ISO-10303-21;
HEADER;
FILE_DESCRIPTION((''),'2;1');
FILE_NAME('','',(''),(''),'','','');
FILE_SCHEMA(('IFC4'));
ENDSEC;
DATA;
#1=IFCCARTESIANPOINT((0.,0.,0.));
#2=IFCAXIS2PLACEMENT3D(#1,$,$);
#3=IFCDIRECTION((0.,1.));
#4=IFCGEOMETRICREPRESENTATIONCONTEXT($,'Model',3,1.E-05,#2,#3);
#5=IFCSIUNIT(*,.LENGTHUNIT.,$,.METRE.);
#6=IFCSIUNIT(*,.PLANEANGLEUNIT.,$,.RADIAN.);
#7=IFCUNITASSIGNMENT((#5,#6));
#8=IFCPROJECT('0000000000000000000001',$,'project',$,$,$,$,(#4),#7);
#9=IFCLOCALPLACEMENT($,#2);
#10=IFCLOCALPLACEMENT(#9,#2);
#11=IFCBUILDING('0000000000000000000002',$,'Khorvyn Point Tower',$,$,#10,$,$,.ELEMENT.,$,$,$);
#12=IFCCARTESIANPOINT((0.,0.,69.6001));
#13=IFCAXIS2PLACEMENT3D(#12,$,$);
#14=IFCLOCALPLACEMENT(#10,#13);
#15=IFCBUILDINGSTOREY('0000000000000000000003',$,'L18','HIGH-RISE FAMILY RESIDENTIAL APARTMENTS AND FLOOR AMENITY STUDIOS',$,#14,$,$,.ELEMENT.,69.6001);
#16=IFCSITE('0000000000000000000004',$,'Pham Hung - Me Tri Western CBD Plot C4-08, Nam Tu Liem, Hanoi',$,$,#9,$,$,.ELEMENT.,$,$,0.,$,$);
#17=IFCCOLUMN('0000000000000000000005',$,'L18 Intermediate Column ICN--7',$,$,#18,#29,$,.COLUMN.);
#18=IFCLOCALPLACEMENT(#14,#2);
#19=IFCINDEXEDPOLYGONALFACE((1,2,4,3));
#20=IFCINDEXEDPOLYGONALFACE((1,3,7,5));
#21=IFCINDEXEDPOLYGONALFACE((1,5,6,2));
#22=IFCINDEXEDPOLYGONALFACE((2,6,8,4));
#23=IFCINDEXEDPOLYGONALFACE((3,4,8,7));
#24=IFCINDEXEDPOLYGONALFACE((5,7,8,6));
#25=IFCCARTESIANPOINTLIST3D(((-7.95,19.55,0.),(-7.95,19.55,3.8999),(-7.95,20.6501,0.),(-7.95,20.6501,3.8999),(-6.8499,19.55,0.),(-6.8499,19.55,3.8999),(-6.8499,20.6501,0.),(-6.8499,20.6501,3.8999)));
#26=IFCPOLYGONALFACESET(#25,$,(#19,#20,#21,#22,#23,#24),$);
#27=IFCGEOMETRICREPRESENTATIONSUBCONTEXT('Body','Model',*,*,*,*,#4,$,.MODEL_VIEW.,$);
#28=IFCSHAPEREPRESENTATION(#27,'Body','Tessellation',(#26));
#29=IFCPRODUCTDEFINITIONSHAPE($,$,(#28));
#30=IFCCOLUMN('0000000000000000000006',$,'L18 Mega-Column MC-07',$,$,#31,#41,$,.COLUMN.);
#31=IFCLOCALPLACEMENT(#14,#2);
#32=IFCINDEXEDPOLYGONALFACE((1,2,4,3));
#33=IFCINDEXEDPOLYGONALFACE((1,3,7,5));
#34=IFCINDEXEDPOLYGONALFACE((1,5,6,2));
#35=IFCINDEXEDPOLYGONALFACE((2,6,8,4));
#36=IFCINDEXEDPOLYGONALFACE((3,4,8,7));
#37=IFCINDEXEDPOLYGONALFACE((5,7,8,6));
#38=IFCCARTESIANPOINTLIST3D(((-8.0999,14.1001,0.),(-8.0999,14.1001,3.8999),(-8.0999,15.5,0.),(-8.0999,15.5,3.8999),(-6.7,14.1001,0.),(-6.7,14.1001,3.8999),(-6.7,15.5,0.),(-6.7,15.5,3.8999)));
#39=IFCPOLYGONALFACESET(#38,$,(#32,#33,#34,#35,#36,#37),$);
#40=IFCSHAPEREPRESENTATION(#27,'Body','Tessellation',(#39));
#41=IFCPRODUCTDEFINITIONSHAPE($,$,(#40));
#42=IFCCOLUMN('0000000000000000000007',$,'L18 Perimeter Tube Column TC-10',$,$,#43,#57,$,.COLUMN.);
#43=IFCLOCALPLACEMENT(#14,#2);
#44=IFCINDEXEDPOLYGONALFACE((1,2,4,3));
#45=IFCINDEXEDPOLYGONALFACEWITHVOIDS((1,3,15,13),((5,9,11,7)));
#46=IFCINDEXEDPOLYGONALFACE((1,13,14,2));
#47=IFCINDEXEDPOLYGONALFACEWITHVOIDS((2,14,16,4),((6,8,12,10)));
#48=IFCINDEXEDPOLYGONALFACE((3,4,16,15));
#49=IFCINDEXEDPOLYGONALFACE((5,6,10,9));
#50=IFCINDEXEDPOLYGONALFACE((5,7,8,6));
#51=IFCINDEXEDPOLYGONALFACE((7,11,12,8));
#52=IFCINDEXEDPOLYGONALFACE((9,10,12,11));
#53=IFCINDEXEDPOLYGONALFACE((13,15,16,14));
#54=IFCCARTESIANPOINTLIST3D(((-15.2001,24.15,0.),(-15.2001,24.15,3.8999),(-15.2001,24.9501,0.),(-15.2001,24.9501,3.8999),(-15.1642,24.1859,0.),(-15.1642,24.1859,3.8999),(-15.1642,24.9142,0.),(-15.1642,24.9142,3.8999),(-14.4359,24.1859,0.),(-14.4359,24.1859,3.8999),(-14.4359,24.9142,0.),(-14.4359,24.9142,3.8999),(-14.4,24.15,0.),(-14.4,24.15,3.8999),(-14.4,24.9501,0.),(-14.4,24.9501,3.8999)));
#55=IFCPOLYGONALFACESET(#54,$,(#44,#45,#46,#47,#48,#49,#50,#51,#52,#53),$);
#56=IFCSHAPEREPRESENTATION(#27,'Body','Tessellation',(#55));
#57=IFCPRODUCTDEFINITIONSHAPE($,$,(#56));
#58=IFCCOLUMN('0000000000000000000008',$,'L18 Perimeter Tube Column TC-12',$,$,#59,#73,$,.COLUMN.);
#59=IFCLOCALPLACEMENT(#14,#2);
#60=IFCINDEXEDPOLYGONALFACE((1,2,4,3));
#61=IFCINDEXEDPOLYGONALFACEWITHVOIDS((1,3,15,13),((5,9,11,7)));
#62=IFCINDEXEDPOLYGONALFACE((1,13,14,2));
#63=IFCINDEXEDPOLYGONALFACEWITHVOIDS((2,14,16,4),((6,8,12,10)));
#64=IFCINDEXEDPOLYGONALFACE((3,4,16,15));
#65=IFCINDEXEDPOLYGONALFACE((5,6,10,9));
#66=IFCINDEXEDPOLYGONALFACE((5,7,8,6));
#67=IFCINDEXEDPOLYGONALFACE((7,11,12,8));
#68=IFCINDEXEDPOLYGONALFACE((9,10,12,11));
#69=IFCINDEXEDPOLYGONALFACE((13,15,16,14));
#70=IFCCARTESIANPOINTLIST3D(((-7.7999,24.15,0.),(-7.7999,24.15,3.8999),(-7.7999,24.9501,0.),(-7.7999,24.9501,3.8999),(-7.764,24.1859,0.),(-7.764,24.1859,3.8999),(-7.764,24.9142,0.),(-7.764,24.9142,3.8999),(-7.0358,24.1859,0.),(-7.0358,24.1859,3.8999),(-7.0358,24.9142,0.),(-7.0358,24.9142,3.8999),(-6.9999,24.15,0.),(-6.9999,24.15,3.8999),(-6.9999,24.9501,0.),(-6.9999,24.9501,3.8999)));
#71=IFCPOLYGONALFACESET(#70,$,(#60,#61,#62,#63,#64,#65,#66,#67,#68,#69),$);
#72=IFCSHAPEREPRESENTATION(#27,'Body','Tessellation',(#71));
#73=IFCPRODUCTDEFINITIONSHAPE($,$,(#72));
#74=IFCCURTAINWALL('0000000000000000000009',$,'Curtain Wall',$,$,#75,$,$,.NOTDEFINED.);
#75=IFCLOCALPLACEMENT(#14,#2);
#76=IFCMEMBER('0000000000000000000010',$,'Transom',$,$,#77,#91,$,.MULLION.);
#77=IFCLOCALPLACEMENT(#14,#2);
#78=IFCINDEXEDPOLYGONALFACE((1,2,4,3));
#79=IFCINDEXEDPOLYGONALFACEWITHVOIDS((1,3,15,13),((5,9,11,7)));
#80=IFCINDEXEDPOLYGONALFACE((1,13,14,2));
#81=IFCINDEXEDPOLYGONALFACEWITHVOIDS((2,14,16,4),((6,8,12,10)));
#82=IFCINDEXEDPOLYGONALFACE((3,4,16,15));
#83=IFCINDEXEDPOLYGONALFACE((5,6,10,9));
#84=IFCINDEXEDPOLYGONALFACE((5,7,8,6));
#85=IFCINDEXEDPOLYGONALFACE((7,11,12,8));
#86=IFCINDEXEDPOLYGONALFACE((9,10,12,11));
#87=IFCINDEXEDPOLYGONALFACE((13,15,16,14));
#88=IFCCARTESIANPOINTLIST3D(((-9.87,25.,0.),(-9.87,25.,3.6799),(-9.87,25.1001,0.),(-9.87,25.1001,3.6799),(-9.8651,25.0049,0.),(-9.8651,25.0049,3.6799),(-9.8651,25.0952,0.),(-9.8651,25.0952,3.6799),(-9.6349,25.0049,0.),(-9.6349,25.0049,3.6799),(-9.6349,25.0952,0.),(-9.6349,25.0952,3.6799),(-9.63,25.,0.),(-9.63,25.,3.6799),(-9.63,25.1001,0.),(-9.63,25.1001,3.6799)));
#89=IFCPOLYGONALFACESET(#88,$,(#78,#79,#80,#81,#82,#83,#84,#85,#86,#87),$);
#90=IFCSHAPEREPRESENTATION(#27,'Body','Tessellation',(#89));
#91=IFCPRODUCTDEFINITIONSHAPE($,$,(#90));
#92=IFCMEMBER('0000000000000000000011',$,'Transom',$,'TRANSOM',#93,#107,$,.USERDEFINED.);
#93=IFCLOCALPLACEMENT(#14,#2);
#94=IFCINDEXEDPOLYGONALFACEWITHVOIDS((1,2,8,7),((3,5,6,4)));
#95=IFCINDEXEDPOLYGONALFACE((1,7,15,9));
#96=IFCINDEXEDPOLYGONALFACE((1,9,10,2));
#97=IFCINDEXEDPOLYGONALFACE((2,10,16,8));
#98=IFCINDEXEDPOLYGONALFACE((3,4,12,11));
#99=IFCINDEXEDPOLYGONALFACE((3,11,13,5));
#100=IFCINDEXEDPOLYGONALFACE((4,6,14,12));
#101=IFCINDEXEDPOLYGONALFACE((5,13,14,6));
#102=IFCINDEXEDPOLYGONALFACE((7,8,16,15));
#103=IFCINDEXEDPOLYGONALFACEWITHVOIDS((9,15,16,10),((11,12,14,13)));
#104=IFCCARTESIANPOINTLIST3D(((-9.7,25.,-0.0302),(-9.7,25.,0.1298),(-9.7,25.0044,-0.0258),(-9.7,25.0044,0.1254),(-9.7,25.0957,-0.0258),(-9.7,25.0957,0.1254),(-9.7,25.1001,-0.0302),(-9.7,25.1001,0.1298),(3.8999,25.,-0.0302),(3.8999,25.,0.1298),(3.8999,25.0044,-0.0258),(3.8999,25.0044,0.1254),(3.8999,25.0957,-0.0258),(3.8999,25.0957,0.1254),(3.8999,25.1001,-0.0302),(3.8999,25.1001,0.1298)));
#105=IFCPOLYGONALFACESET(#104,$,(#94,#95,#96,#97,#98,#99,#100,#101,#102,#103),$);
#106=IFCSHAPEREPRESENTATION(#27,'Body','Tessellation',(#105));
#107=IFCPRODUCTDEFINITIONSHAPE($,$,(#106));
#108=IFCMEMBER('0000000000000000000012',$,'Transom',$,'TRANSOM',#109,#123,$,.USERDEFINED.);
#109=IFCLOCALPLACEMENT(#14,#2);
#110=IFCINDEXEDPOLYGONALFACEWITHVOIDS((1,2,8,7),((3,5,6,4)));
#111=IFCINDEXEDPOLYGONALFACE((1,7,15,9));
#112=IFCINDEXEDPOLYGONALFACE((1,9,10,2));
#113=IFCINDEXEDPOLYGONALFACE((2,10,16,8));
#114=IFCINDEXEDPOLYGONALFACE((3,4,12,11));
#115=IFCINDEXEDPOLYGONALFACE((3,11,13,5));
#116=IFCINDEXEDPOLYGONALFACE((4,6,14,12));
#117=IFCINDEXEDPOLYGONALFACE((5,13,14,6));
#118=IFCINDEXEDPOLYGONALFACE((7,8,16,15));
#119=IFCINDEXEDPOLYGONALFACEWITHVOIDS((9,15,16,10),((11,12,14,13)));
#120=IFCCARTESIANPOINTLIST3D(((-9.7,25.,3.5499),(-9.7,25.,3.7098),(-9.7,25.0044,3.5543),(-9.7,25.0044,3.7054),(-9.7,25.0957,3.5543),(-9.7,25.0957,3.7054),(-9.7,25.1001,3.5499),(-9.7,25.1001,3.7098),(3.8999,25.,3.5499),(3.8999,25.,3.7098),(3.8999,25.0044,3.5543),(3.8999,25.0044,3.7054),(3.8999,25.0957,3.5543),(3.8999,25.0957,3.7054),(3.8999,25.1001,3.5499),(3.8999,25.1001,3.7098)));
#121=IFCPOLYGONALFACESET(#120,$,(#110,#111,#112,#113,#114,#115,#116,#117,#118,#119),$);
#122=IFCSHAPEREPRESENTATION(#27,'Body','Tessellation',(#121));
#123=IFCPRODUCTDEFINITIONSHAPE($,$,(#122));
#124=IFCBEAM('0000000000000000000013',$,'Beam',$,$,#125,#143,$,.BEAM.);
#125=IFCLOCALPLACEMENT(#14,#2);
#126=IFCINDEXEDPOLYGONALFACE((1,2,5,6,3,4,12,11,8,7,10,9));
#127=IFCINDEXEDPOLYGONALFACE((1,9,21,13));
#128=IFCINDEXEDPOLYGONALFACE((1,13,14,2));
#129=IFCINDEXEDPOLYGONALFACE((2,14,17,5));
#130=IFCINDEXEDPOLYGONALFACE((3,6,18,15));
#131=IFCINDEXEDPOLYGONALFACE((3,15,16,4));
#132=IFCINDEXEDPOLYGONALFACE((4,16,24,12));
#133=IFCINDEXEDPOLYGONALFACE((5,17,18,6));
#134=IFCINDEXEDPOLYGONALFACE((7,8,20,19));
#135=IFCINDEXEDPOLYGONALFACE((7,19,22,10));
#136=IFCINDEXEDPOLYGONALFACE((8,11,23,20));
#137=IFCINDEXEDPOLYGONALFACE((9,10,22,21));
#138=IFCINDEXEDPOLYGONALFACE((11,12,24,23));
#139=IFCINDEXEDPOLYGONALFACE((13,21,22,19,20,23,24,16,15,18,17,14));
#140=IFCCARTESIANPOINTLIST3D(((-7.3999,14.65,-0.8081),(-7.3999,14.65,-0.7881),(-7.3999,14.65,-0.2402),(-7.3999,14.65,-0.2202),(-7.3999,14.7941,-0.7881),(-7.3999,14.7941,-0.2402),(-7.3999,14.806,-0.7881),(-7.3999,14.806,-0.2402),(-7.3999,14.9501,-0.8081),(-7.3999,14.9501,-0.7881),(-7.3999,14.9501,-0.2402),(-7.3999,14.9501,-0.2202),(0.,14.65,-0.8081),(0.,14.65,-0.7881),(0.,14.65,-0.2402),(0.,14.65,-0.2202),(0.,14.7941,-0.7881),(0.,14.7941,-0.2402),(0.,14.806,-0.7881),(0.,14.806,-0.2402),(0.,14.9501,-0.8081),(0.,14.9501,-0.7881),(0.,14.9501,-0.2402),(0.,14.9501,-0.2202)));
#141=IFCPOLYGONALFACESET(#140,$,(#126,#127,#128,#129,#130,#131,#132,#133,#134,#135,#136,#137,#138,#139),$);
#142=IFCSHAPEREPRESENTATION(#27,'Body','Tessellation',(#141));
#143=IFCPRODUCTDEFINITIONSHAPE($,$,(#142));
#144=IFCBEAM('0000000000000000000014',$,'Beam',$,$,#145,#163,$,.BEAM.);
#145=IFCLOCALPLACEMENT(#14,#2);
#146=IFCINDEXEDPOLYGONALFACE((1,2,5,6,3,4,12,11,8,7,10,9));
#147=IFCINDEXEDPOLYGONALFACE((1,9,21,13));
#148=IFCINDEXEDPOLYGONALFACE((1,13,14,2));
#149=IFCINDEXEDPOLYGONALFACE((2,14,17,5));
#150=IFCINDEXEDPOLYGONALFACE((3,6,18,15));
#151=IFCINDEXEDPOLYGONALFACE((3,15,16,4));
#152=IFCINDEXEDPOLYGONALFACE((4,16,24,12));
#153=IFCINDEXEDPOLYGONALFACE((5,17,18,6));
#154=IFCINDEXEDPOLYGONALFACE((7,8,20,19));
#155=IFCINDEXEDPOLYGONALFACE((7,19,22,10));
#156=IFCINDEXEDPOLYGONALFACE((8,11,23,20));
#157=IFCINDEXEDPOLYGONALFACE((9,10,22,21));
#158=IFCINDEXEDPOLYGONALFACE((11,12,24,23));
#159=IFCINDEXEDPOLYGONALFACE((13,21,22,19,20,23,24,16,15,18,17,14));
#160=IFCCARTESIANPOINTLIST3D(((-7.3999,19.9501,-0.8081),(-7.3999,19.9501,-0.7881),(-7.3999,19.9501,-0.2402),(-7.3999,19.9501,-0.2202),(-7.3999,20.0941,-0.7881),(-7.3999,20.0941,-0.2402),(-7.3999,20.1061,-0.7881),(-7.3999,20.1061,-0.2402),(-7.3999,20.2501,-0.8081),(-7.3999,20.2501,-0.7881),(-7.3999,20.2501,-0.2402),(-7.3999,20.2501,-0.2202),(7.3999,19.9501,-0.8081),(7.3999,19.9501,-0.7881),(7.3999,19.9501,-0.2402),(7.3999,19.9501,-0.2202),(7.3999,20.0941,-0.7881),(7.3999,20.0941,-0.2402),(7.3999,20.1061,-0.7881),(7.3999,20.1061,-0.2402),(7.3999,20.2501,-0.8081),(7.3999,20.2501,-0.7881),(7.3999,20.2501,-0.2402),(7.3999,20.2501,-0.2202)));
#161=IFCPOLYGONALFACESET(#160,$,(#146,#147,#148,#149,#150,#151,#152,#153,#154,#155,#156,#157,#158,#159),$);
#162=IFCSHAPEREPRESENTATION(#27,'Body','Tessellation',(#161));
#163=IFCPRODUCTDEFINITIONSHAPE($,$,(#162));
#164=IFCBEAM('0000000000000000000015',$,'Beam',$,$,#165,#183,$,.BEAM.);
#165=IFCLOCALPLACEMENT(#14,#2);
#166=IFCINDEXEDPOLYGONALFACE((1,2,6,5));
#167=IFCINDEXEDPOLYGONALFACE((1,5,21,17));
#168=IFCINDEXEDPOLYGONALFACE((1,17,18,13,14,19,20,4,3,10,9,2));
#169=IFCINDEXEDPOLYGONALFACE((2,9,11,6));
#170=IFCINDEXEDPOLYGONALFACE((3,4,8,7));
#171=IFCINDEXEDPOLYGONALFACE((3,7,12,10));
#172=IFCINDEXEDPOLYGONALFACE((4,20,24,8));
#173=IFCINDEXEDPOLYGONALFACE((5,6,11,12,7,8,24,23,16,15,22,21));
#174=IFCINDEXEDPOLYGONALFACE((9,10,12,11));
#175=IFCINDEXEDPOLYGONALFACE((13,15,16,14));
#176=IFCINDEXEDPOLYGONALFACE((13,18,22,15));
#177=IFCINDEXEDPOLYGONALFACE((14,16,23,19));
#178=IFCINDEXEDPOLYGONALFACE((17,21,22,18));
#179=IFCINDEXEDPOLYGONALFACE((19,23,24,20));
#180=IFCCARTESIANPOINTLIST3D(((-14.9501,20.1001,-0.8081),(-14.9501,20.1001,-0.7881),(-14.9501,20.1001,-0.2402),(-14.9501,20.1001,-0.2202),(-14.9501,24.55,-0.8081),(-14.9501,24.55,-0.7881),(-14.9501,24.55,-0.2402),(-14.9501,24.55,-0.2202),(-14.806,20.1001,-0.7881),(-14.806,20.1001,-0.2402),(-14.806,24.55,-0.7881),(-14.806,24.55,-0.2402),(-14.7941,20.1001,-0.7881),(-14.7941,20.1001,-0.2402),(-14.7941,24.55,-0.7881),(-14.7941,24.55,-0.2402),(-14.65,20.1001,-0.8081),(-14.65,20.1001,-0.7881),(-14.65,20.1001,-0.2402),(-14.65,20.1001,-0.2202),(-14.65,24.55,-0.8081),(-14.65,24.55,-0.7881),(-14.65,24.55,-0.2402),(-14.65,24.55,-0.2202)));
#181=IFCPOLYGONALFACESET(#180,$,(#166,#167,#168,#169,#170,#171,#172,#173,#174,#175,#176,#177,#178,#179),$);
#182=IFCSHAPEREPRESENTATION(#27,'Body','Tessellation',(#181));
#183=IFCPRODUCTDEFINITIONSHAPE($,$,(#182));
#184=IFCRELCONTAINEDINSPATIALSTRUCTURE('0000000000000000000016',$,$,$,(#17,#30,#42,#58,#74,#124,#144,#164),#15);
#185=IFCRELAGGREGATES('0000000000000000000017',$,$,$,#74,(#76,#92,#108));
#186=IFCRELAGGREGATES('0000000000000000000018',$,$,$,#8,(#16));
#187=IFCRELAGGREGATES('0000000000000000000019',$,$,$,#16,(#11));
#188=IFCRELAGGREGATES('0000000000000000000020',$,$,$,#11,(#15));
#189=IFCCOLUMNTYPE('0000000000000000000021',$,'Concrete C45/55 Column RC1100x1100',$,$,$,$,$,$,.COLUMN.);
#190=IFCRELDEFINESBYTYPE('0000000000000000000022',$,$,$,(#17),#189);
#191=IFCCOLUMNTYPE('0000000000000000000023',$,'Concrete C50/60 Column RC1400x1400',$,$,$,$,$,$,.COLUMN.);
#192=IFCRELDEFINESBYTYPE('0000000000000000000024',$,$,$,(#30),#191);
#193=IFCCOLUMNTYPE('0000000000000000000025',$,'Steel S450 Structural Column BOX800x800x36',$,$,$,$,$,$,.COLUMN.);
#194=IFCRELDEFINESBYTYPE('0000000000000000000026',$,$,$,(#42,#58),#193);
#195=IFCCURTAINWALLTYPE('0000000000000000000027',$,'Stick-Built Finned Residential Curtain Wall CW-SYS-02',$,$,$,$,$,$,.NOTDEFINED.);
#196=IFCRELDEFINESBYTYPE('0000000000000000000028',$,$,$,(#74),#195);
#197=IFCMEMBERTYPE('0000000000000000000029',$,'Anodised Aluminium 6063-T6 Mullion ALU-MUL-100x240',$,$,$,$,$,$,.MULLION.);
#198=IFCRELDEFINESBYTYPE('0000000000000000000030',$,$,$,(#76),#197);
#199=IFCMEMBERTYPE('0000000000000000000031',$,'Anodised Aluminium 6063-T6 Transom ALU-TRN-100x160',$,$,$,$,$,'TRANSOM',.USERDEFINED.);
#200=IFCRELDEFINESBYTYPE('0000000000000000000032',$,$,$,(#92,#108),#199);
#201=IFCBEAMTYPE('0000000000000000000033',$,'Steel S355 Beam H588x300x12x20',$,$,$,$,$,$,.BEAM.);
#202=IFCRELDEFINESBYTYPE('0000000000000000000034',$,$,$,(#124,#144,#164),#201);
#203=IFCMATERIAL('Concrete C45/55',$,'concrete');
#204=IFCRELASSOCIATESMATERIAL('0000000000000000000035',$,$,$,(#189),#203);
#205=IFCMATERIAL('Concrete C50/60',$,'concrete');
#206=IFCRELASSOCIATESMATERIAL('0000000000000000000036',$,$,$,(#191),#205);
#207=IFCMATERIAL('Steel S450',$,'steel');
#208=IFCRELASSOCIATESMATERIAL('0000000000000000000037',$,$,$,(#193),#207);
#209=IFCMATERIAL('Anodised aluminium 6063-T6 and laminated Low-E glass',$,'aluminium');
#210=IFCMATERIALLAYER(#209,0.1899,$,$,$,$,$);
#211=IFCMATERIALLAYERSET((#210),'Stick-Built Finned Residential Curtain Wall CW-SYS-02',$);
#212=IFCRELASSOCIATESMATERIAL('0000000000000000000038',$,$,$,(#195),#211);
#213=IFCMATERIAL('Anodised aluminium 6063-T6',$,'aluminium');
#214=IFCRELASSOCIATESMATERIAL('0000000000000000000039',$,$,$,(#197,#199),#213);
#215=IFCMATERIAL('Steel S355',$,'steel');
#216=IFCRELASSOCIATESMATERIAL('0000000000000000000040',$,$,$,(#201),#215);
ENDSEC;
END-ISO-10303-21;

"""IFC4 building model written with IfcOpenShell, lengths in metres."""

from ifc_helpers import new_model, si_unit, direction, frame, origin, origin_2d, place, context, subcontext, project, spatial, rectangle, hollow_rectangle, i_section, extrude, material, layer, layer_set, material_profile, profile_set, type_object, element, aggregate, save


model = new_model("IFC4")

# Units and contexts
model_context = context("Model", 3, precision=1e-05, world=origin(), true_north=direction((0.0, 1.0)))
body_context = subcontext(model_context, "Body", "Model", "MODEL_VIEW")
ifc_project = project(units=[si_unit("LENGTHUNIT", "METRE"), si_unit("PLANEANGLEUNIT", "RADIAN")], contexts=[model_context])

# Site, building, storey
site_placement = place(None, origin())
site = spatial("IfcSite", under=ifc_project, at=site_placement, Name="Pham Hung - Me Tri Western CBD Plot C4-08, Nam Tu Liem, Hanoi", CompositionType="ELEMENT", RefElevation=0.0)
building_placement = place(site_placement, origin())
building = spatial("IfcBuilding", under=site, at=building_placement, Name="Khorvyn Point Tower", CompositionType="ELEMENT")
storey_placement = place(building_placement, frame((0.0, 0.0, 69.6001)))
storey = spatial("IfcBuildingStorey", under=building, at=storey_placement, Name="L18", Description="HIGH-RISE FAMILY RESIDENTIAL APARTMENTS AND FLOOR AMENITY STUDIOS", CompositionType="ELEMENT", Elevation=69.6001)

# Columns
ifc_material_1 = material(Name="Concrete C45/55", Category="concrete")
ifc_material_profile_1 = material_profile(ifc_material_1, rectangle(XDim=1.1001, YDim=1.1001, at=origin_2d()))
ifc_profile_set_1 = profile_set([ifc_material_profile_1], Name="Concrete C45/55 RC1100x1100")
column_type_1 = type_object("IfcColumnType", Name="Concrete C45/55 Column RC1100x1100", PredefinedType="COLUMN", material=ifc_profile_set_1)
column_1_placement = place(storey_placement, frame((-7.3999, 20.1001, 0.0), z_axis=(0.0, 0.0, 1.0), x_axis=(1.0, 0.0, 0.0)))
element("IfcColumn", 1, at=column_1_placement, inside=storey, type_object=column_type_1, Name="L18 Intermediate Column ICN--7", PredefinedType="COLUMN", context=body_context, shape_type="SweptSolid", body=[
    extrude(rectangle(XDim=1.1001, YDim=1.1001, at=origin_2d()), origin(), (0.0, 0.0, 1.0), 3.8999),
])
ifc_material_2 = material(Name="Concrete C50/60", Category="concrete")
ifc_material_profile_2 = material_profile(ifc_material_2, rectangle(XDim=1.3999, YDim=1.3999, at=origin_2d()))
ifc_profile_set_2 = profile_set([ifc_material_profile_2], Name="Concrete C50/60 RC1400x1400")
column_type_2 = type_object("IfcColumnType", Name="Concrete C50/60 Column RC1400x1400", PredefinedType="COLUMN", material=ifc_profile_set_2)
column_2_placement = place(storey_placement, frame((-7.3999, 14.8, 0.0), z_axis=(0.0, 0.0, 1.0), x_axis=(1.0, 0.0, 0.0)))
element("IfcColumn", 2, at=column_2_placement, inside=storey, type_object=column_type_2, Name="L18 Mega-Column MC-07", PredefinedType="COLUMN", context=body_context, shape_type="SweptSolid", body=[
    extrude(rectangle(XDim=1.3999, YDim=1.3999, at=origin_2d()), origin(), (0.0, 0.0, 1.0), 3.8999),
])
ifc_material_3 = material(Name="Steel S450", Category="steel")
ifc_material_profile_3 = material_profile(ifc_material_3, hollow_rectangle(XDim=0.8, YDim=0.8, WallThickness=0.0359, at=origin_2d()))
ifc_profile_set_3 = profile_set([ifc_material_profile_3], Name="Steel S450 BOX800x800x36")
column_type_3 = type_object("IfcColumnType", Name="Steel S450 Structural Column BOX800x800x36", PredefinedType="COLUMN", material=ifc_profile_set_3)
for number, where, z_axis, x_axis, name in (
    (3, (-14.8, 24.55, 0.0), (0.0, 0.0, 1.0), (1.0, 0.0, 0.0), "L18 Perimeter Tube Column TC-10"),
    (4, (-7.3999, 24.55, 0.0), (0.0, 0.0, 1.0), (1.0, 0.0, 0.0), "L18 Perimeter Tube Column TC-12"),
):
    element("IfcColumn", number, at=place(storey_placement, frame(where, z_axis=z_axis, x_axis=x_axis)), inside=storey, type_object=column_type_3, Name=name, PredefinedType="COLUMN", context=body_context, shape_type="SweptSolid", body=[
        extrude(hollow_rectangle(XDim=0.8, YDim=0.8, WallThickness=0.0359, at=origin_2d()), origin(), (0.0, 0.0, 1.0), 3.8999),
    ])

# Curtain wall, members
ifc_material_4 = material(Name="Anodised aluminium 6063-T6 and laminated Low-E glass", Category="aluminium")
ifc_layer_1 = layer(ifc_material_4, 0.1899)
ifc_layer_set_1 = layer_set([ifc_layer_1], Name="Stick-Built Finned Residential Curtain Wall CW-SYS-02")
curtain_wall_type = type_object("IfcCurtainWallType", Name="Stick-Built Finned Residential Curtain Wall CW-SYS-02", PredefinedType="NOTDEFINED", material=ifc_layer_set_1)
curtain_wall_placement = place(storey_placement, origin())
curtain_wall = element("IfcCurtainWall", 5, at=curtain_wall_placement, inside=storey, type_object=curtain_wall_type, Name="Curtain Wall", PredefinedType="NOTDEFINED")
ifc_material_5 = material(Name="Anodised aluminium 6063-T6", Category="aluminium")
ifc_material_profile_4 = material_profile(ifc_material_5, hollow_rectangle(XDim=0.1001, YDim=0.24, WallThickness=0.0049, at=origin_2d()))
ifc_profile_set_4 = profile_set([ifc_material_profile_4], Name="Anodised aluminium 6063-T6 ALU-MUL-100x240")
member_type_1 = type_object("IfcMemberType", Name="Anodised Aluminium 6063-T6 Mullion ALU-MUL-100x240", PredefinedType="MULLION", material=ifc_profile_set_4)
member_1_placement = place(storey_placement, frame((-9.75, 25.05, 0.0), z_axis=(0.0, 0.0, 1.0), x_axis=(0.0, 1.0, 0.0)))
member_1 = element("IfcMember", 6, at=member_1_placement, type_object=member_type_1, Name="Transom", PredefinedType="MULLION", context=body_context, shape_type="SweptSolid", body=[
    extrude(hollow_rectangle(XDim=0.1001, YDim=0.24, WallThickness=0.0049, at=origin_2d()), origin(), (0.0, 0.0, 1.0), 3.6799),
])
ifc_material_profile_5 = material_profile(ifc_material_5, hollow_rectangle(XDim=0.1001, YDim=0.1599, WallThickness=0.0044, at=origin_2d()))
ifc_profile_set_5 = profile_set([ifc_material_profile_5], Name="Anodised aluminium 6063-T6 ALU-TRN-100x160")
member_type_2 = type_object("IfcMemberType", Name="Anodised Aluminium 6063-T6 Transom ALU-TRN-100x160", ElementType="TRANSOM", PredefinedType="USERDEFINED", material=ifc_profile_set_5)
member_2_placement = place(storey_placement, frame((-9.7, 25.05, 0.0498), z_axis=(1.0, 0.0, 0.0), x_axis=(0.0, 1.0, 0.0)))
member_2 = element("IfcMember", 7, at=member_2_placement, type_object=member_type_2, Name="Transom", ObjectType="TRANSOM", PredefinedType="USERDEFINED", context=body_context, shape_type="SweptSolid", body=[
    extrude(hollow_rectangle(XDim=0.1001, YDim=0.1599, WallThickness=0.0044, at=origin_2d()), origin(), (0.0, 0.0, 1.0), 13.5999),
])
member_3_placement = place(storey_placement, frame((-9.7, 25.05, 3.6299), z_axis=(1.0, 0.0, 0.0), x_axis=(0.0, 1.0, 0.0)))
member_3 = element("IfcMember", 8, at=member_3_placement, type_object=member_type_2, Name="Transom", ObjectType="TRANSOM", PredefinedType="USERDEFINED", context=body_context, shape_type="SweptSolid", body=[
    extrude(hollow_rectangle(XDim=0.1001, YDim=0.1599, WallThickness=0.0044, at=origin_2d()), origin(), (0.0, 0.0, 1.0), 13.5999),
])

# Beams
ifc_material_6 = material(Name="Steel S355", Category="steel")
ifc_material_profile_6 = material_profile(ifc_material_6, i_section(OverallWidth=0.3, OverallDepth=0.5879, WebThickness=0.012, FlangeThickness=0.02, at=origin_2d()))
ifc_profile_set_6 = profile_set([ifc_material_profile_6], Name="Steel S355 H588x300x12x20")
beam_type_1 = type_object("IfcBeamType", Name="Steel S355 Beam H588x300x12x20", PredefinedType="BEAM", material=ifc_profile_set_6)
beam_1_placement = place(storey_placement, frame((-7.3999, 14.8, -0.5142), z_axis=(1.0, 0.0, 0.0), x_axis=(0.0, 1.0, 0.0)))
element("IfcBeam", 9, at=beam_1_placement, inside=storey, type_object=beam_type_1, Name="Beam", PredefinedType="BEAM", context=body_context, shape_type="SweptSolid", body=[
    extrude(i_section(OverallWidth=0.3, OverallDepth=0.5879, WebThickness=0.012, FlangeThickness=0.02, at=origin_2d()), origin(), (0.0, 0.0, 1.0), 7.3999),
])
beam_2_placement = place(storey_placement, frame((-7.3999, 20.1001, -0.5142), z_axis=(1.0, 0.0, 0.0), x_axis=(0.0, 1.0, 0.0)))
element("IfcBeam", 10, at=beam_2_placement, inside=storey, type_object=beam_type_1, Name="Beam", PredefinedType="BEAM", context=body_context, shape_type="SweptSolid", body=[
    extrude(i_section(OverallWidth=0.3, OverallDepth=0.5879, WebThickness=0.012, FlangeThickness=0.02, at=origin_2d()), origin(), (0.0, 0.0, 1.0), 14.7998),
])
beam_3_placement = place(storey_placement, frame((-14.8, 20.1001, -0.5142), z_axis=(0.0, 1.0, 0.0), x_axis=(-1.0, 0.0, 0.0)))
element("IfcBeam", 11, at=beam_3_placement, inside=storey, type_object=beam_type_1, Name="Beam", PredefinedType="BEAM", context=body_context, shape_type="SweptSolid", body=[
    extrude(i_section(OverallWidth=0.3, OverallDepth=0.5879, WebThickness=0.012, FlangeThickness=0.02, at=origin_2d()), origin(), (0.0, 0.0, 1.0), 4.45),
])

aggregate(curtain_wall, [member_1, member_2, member_3])

save(model, "model.ifc")
